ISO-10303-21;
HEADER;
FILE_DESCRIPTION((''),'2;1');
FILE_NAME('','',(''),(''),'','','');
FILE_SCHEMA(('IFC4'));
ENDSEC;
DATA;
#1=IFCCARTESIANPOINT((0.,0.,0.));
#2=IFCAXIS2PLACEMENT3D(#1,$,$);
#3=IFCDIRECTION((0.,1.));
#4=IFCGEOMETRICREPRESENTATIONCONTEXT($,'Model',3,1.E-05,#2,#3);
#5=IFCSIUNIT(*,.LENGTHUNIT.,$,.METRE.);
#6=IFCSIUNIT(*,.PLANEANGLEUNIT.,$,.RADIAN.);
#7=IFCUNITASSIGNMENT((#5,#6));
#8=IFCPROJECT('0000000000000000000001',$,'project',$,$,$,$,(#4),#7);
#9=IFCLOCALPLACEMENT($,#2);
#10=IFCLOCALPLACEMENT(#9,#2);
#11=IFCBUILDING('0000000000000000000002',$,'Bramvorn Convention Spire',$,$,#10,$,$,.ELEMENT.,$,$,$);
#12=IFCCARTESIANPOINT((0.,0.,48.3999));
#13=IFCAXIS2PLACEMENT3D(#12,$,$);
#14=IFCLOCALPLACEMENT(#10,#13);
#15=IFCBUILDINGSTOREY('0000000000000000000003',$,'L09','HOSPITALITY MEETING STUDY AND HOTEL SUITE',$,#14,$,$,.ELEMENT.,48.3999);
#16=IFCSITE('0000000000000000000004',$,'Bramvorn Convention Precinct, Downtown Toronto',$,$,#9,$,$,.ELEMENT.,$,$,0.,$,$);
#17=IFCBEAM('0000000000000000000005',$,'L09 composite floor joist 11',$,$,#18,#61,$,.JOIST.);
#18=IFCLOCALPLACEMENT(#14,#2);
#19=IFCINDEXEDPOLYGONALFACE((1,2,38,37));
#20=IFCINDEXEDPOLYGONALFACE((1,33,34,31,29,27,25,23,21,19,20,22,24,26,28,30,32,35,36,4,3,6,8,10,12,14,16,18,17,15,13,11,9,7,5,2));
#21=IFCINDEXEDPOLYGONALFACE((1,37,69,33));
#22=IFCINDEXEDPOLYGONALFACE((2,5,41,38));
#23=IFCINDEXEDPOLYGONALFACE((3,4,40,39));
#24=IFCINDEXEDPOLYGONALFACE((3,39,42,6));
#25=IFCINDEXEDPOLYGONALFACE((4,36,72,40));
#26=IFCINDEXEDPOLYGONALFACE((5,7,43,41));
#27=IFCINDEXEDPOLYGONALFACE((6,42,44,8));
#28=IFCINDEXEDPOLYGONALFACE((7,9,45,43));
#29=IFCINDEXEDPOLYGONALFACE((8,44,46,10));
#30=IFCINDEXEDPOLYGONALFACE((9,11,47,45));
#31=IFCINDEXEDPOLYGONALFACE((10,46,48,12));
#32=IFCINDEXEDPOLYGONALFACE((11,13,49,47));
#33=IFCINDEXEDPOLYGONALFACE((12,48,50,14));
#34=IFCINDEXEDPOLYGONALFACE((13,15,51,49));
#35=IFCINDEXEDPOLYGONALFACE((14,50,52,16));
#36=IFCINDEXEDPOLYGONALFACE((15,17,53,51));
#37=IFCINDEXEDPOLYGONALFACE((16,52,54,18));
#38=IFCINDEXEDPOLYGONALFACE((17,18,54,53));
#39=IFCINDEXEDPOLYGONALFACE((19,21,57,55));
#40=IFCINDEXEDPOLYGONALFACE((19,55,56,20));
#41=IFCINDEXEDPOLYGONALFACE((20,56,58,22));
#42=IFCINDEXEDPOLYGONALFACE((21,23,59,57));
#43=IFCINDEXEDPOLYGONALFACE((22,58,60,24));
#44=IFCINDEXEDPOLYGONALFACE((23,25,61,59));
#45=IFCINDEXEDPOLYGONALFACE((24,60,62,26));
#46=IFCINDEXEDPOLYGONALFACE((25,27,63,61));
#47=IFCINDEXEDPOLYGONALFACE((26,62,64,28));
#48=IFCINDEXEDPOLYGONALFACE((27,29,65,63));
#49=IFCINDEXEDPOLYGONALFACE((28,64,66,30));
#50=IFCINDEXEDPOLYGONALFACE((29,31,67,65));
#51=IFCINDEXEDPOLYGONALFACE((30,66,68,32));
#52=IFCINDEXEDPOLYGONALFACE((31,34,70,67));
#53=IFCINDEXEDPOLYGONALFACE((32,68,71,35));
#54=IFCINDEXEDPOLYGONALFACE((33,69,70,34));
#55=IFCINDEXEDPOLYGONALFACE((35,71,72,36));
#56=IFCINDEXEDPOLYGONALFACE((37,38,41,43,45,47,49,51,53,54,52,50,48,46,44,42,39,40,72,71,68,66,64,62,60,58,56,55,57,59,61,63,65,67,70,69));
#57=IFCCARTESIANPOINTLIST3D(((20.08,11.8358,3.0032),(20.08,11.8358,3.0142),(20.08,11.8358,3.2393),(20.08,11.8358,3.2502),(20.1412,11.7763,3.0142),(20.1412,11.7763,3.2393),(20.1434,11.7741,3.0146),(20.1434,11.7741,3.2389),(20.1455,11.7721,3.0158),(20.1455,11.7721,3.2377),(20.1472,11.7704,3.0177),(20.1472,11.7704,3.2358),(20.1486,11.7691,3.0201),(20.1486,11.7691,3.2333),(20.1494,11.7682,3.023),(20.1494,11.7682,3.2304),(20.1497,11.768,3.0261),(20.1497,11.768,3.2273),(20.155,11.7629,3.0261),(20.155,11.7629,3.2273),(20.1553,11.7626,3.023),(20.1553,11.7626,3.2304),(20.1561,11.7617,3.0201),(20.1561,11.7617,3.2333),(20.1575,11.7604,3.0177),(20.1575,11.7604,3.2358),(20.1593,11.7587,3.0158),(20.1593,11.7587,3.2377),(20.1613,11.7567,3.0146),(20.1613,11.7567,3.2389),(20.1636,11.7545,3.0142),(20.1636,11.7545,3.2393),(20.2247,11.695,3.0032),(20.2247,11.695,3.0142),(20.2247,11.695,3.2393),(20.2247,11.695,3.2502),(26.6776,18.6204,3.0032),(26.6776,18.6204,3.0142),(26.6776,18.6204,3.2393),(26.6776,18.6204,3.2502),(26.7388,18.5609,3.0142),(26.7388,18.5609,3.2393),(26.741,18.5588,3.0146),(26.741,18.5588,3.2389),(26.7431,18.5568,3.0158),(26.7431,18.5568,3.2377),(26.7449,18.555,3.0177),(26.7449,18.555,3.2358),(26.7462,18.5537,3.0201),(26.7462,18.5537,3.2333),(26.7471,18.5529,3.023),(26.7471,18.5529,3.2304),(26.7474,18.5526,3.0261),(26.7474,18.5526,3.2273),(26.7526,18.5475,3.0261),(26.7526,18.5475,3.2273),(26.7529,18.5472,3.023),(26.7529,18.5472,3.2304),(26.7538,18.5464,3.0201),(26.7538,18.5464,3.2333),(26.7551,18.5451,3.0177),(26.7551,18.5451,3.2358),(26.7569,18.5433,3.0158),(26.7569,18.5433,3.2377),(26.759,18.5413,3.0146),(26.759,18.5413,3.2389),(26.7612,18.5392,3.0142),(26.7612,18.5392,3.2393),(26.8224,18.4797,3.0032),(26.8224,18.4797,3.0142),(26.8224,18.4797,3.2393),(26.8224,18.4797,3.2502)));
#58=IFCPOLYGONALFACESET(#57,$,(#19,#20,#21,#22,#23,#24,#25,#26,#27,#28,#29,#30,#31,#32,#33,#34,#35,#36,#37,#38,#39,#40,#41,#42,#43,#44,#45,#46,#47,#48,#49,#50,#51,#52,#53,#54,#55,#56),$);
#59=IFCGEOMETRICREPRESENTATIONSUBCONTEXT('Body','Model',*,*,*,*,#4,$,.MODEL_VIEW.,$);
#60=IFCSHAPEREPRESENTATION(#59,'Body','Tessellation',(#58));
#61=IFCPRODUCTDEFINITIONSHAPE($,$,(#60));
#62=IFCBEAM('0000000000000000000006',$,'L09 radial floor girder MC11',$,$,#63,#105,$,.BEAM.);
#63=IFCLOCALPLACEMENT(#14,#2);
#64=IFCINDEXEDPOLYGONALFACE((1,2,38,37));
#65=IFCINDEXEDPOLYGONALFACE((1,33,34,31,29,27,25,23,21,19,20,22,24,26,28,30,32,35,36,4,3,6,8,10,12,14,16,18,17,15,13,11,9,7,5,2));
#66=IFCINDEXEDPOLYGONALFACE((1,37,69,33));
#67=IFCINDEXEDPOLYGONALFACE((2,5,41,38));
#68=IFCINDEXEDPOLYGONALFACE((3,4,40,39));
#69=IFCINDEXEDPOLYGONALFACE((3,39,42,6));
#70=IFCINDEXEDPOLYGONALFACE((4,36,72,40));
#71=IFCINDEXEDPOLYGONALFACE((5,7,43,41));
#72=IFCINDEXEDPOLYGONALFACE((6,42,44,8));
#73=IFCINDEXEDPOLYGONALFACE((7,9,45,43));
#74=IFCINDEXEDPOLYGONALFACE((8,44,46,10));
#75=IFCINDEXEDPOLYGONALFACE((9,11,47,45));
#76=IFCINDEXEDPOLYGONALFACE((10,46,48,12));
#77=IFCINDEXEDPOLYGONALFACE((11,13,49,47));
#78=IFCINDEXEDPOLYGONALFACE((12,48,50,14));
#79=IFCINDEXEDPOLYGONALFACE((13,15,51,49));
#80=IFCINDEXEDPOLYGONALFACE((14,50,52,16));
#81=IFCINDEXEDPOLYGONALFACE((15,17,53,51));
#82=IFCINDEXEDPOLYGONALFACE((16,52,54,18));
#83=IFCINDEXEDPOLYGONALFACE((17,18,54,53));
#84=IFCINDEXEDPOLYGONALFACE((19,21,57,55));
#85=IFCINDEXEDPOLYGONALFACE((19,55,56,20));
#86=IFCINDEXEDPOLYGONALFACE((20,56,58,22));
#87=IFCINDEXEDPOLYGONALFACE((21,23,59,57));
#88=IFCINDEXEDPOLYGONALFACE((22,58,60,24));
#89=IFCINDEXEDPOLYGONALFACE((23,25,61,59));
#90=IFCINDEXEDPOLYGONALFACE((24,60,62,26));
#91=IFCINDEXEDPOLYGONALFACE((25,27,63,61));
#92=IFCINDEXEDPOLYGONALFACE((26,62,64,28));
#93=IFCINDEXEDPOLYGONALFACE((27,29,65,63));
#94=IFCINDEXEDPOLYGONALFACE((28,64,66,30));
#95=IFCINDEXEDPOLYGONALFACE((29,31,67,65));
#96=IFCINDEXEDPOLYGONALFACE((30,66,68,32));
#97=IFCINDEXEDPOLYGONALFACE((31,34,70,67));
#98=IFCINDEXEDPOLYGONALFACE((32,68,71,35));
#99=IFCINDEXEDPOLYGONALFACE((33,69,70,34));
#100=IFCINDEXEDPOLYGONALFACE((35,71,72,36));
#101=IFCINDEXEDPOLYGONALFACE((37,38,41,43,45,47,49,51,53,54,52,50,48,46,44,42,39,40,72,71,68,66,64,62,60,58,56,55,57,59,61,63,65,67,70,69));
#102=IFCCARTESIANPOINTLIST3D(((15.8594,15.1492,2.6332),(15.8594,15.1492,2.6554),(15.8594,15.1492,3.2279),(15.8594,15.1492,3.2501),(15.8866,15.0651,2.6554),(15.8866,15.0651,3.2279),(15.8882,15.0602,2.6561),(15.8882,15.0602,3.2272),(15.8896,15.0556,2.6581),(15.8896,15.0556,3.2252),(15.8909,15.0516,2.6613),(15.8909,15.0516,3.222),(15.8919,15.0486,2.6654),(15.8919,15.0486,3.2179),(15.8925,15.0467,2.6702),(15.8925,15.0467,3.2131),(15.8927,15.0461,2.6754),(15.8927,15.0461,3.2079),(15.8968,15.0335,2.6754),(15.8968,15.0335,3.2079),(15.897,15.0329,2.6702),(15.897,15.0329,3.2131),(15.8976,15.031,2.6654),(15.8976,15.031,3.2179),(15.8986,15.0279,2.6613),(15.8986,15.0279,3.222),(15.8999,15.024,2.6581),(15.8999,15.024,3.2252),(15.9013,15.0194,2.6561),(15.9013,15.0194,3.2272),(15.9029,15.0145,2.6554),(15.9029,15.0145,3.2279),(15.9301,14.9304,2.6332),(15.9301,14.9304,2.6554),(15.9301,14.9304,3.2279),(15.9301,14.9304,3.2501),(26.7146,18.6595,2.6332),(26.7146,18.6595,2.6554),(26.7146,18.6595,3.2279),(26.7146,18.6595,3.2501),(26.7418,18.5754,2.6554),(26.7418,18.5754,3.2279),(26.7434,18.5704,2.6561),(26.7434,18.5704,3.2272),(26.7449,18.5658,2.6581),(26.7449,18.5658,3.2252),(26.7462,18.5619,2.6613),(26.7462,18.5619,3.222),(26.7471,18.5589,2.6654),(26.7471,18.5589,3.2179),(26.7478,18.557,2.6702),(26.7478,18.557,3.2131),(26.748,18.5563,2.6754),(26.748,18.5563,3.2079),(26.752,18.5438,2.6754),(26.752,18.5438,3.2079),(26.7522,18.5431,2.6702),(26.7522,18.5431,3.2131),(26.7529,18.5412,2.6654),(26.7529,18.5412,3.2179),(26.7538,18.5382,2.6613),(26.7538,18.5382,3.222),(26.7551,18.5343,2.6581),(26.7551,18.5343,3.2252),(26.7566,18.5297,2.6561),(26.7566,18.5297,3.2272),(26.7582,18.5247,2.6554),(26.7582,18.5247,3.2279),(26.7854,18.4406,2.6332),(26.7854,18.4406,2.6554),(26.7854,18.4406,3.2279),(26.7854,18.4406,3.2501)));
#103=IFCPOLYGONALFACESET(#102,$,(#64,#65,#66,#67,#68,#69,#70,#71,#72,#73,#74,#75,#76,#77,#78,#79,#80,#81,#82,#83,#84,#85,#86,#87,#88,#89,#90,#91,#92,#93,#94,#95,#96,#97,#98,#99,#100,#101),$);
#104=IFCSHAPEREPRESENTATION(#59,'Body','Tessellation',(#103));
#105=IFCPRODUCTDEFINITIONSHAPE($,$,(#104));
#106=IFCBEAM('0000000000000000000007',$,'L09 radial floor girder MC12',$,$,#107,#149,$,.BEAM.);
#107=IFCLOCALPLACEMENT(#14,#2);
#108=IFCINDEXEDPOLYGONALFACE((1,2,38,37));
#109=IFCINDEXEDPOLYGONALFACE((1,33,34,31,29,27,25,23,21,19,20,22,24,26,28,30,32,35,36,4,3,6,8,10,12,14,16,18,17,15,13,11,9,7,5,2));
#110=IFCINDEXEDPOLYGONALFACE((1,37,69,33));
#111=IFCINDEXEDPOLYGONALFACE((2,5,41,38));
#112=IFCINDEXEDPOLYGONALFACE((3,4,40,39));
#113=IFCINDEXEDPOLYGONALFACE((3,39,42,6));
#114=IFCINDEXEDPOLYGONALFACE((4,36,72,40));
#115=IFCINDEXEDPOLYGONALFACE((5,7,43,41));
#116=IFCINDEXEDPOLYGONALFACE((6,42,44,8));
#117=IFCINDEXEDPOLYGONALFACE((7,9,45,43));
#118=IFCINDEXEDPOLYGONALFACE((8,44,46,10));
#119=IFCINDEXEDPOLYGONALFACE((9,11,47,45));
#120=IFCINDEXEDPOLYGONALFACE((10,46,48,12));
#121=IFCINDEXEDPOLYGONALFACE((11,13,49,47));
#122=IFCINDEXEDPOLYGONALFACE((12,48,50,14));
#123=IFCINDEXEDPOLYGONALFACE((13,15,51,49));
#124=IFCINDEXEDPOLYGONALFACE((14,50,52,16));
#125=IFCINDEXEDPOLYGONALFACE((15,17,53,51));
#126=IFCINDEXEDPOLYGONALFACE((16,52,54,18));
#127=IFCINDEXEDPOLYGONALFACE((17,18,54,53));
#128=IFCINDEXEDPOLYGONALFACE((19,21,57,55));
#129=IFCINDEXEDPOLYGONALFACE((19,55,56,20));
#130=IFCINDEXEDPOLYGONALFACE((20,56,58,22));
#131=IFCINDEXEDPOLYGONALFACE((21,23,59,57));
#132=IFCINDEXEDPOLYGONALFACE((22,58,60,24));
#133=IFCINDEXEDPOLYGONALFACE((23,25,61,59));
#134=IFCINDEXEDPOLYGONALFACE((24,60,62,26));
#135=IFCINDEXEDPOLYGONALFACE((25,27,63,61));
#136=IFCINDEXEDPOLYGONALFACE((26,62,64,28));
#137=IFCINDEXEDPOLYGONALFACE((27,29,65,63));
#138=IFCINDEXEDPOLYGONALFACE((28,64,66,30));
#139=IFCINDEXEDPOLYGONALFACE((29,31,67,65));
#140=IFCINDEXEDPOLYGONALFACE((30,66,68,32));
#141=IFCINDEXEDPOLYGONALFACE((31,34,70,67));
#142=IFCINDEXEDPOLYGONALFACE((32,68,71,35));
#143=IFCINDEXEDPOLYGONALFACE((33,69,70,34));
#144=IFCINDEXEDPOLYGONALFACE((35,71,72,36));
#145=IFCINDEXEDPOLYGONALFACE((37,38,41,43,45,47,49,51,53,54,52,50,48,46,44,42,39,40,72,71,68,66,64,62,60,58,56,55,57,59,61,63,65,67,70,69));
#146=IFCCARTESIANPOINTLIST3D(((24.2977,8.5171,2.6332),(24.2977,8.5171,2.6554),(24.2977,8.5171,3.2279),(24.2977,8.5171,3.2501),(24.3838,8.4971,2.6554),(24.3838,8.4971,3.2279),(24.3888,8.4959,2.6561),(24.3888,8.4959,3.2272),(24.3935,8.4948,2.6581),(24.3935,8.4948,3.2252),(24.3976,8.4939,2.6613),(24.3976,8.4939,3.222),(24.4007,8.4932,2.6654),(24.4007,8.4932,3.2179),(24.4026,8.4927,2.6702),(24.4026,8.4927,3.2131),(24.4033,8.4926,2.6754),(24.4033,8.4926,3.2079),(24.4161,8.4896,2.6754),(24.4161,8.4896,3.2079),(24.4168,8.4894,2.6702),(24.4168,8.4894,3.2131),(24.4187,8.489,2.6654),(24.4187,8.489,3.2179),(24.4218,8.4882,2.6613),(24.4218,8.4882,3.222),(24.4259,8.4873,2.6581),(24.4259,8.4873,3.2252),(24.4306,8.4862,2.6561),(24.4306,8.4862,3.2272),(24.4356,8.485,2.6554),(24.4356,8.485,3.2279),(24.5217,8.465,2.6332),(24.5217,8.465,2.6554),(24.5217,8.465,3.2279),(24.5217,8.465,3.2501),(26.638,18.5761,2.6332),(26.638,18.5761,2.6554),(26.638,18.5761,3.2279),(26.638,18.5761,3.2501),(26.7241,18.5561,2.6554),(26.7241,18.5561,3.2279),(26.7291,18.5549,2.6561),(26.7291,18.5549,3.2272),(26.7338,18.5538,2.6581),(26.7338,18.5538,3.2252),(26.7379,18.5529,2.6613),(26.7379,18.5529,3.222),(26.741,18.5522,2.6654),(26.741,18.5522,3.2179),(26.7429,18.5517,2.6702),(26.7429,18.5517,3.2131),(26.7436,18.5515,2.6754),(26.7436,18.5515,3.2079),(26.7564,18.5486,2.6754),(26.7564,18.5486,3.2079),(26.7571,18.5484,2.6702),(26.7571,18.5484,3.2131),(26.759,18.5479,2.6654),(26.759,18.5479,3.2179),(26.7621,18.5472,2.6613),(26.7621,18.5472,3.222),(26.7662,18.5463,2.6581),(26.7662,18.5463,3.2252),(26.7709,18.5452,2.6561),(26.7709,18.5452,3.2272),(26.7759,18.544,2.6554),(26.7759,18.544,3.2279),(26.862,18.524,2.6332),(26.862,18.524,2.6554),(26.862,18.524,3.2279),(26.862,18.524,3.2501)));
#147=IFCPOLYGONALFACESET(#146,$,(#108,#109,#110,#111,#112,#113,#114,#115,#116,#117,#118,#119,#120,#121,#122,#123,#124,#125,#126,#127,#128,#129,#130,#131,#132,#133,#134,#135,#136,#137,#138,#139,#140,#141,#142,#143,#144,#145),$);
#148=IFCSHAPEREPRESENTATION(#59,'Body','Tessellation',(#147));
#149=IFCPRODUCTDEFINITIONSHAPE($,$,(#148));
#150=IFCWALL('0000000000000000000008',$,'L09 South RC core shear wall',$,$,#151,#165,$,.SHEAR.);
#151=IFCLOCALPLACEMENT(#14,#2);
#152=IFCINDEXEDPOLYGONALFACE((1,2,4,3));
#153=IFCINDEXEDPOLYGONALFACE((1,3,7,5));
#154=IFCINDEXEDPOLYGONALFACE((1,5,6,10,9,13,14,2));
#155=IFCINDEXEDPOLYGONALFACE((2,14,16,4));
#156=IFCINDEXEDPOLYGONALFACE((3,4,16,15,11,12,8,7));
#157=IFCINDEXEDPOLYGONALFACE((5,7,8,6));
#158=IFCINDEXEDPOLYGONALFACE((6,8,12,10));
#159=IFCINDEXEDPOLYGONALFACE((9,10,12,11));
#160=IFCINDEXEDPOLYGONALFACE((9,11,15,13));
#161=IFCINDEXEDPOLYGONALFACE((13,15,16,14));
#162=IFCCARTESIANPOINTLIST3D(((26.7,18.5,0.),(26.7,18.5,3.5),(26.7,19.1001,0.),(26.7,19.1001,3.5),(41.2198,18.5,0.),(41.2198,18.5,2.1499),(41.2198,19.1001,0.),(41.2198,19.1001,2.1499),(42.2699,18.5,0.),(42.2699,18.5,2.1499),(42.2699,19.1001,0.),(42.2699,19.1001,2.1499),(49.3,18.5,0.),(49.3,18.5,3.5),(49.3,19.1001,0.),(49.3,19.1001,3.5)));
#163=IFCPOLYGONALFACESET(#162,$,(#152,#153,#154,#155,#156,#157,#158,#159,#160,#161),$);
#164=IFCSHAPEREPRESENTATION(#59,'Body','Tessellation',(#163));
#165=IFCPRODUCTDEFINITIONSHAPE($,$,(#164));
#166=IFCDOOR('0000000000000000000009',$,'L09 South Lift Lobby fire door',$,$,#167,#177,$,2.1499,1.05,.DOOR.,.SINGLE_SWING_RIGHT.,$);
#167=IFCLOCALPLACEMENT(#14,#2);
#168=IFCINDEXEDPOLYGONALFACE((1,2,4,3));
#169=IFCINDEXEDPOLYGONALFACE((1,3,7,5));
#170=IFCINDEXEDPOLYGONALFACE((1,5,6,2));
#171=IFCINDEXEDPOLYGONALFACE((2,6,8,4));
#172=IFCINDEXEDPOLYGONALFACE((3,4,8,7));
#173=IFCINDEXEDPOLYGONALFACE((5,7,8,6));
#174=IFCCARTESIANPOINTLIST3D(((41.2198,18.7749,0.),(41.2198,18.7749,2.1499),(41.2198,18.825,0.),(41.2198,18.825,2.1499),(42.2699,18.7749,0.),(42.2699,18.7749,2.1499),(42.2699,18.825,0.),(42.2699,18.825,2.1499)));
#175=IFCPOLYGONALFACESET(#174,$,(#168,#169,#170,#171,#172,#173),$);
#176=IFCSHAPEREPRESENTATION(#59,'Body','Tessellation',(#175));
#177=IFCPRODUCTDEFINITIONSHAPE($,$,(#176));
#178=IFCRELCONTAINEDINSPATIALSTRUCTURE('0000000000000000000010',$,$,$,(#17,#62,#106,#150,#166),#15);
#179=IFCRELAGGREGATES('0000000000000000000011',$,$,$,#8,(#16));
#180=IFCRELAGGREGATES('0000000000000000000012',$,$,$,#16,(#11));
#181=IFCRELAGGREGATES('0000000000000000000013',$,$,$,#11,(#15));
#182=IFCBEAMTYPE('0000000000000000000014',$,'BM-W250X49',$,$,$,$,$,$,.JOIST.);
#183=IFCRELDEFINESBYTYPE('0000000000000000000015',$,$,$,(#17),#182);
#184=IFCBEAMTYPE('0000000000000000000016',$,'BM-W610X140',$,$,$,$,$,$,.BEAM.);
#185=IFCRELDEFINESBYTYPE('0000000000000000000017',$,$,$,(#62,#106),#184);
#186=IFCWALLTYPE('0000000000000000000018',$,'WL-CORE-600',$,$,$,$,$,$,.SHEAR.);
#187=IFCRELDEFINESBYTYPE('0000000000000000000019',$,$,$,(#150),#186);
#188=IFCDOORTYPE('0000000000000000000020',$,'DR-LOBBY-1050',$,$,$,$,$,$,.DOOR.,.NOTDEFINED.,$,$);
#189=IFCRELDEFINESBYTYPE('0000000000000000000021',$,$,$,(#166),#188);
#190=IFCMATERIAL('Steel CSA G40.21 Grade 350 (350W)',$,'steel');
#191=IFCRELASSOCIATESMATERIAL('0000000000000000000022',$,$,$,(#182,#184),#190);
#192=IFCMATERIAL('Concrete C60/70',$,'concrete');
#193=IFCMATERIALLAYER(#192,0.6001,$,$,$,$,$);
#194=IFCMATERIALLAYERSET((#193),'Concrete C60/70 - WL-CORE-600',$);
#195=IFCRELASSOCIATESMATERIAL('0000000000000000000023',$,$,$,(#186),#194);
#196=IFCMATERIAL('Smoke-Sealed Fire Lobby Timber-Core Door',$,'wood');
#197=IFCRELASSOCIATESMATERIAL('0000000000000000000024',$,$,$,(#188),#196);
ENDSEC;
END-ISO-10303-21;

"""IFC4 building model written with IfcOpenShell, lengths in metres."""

from ifc_helpers import new_model, si_unit, direction, frame, frame_2d, origin, origin_2d, place, context, subcontext, project, spatial, rectangle, i_section, extrude, material, layer, layer_set, material_profile, profile_set, type_object, element, fill, save


model = new_model("IFC4")

# Units and contexts
model_context = context("Model", 3, precision=1e-05, world=origin(), true_north=direction((0.0, 1.0)))
body_context = subcontext(model_context, "Body", "Model", "MODEL_VIEW")
ifc_project = project(units=[si_unit("LENGTHUNIT", "METRE"), si_unit("PLANEANGLEUNIT", "RADIAN")], contexts=[model_context])

# Site, building, storey
site_placement = place(None, origin())
site = spatial("IfcSite", under=ifc_project, at=site_placement, Name="Bramvorn Convention Precinct, Downtown Toronto", CompositionType="ELEMENT", RefElevation=0.0)
building_placement = place(site_placement, origin())
building = spatial("IfcBuilding", under=site, at=building_placement, Name="Bramvorn Convention Spire", CompositionType="ELEMENT")
storey_placement = place(building_placement, frame((0.0, 0.0, 48.3999)))
storey = spatial("IfcBuildingStorey", under=building, at=storey_placement, Name="L09", Description="HOSPITALITY MEETING STUDY AND HOTEL SUITE", CompositionType="ELEMENT", Elevation=48.3999)

# Beams
ifc_material_1 = material(Name="Steel CSA G40.21 Grade 350 (350W)", Category="steel")
ifc_material_profile_1 = material_profile(ifc_material_1, i_section(OverallWidth=0.2019, OverallDepth=0.2471, WebThickness=0.0073, FlangeThickness=0.011, FilletRadius=0.012, at=origin_2d()))
ifc_profile_set_1 = profile_set([ifc_material_profile_1], Name="Steel CSA G40.21 Grade 350 (350W) - W250X49")
beam_type_1 = type_object("IfcBeamType", Name="BM-W250X49", PredefinedType="JOIST", material=ifc_profile_set_1)
beam_1_placement = place(storey_placement, frame((26.75, 18.55, 3.1267), z_axis=(-0.697157, -0.716918, 0.0), x_axis=(0.716918, -0.697157, 0.0)))
element("IfcBeam", 1, at=beam_1_placement, inside=storey, type_object=beam_type_1, Name="L09 composite floor joist 11", PredefinedType="JOIST", context=body_context, shape_type="SweptSolid", body=[
    extrude(i_section(OverallWidth=0.2019, OverallDepth=0.2471, WebThickness=0.0073, FlangeThickness=0.011, FilletRadius=0.012, at=origin_2d()), origin(), (0.0, 0.0, 1.0), 9.4636),
])
ifc_material_profile_2 = material_profile(ifc_material_1, i_section(OverallWidth=0.23, OverallDepth=0.6169, WebThickness=0.0132, FlangeThickness=0.0222, FilletRadius=0.02, at=origin_2d()))
ifc_profile_set_2 = profile_set([ifc_material_profile_2], Name="Steel CSA G40.21 Grade 350 (350W) - W610X140")
beam_type_2 = type_object("IfcBeamType", Name="BM-W610X140", PredefinedType="BEAM", material=ifc_profile_set_2)
beam_2_placement = place(storey_placement, frame((26.75, 18.55, 2.9417), z_axis=(-0.951489, -0.307683, 0.0), x_axis=(0.307683, -0.951489, 0.0)))
element("IfcBeam", 2, at=beam_2_placement, inside=storey, type_object=beam_type_2, Name="L09 radial floor girder MC11", PredefinedType="BEAM", context=body_context, shape_type="SweptSolid", body=[
    extrude(i_section(OverallWidth=0.23, OverallDepth=0.6169, WebThickness=0.0132, FlangeThickness=0.0222, FilletRadius=0.02, at=origin_2d()), origin(), (0.0, 0.0, 1.0), 11.4087),
])
beam_3_placement = place(storey_placement, frame((26.75, 18.55, 2.9417), z_axis=(-0.226606, -0.973986, 0.0), x_axis=(0.973986, -0.226606, 0.0)))
element("IfcBeam", 3, at=beam_3_placement, inside=storey, type_object=beam_type_2, Name="L09 radial floor girder MC12", PredefinedType="BEAM", context=body_context, shape_type="SweptSolid", body=[
    extrude(i_section(OverallWidth=0.23, OverallDepth=0.6169, WebThickness=0.0132, FlangeThickness=0.0222, FilletRadius=0.02, at=origin_2d()), origin(), (0.0, 0.0, 1.0), 10.3276),
])

# Wall, opening, door
ifc_material_2 = material(Name="Concrete C60/70", Category="concrete")
ifc_layer_1 = layer(ifc_material_2, 0.6001)
ifc_layer_set_1 = layer_set([ifc_layer_1], Name="Concrete C60/70 - WL-CORE-600")
wall_type_1 = type_object("IfcWallType", Name="WL-CORE-600", PredefinedType="SHEAR", material=ifc_layer_set_1)
wall_1_placement = place(storey_placement, frame((26.7, 18.8, 0.0), z_axis=(0.0, 0.0, 1.0), x_axis=(1.0, 0.0, 0.0)))
wall_1 = element("IfcWall", 4, at=wall_1_placement, inside=storey, type_object=wall_type_1, Name="L09 South RC core shear wall", PredefinedType="SHEAR", context=body_context, shape_type="SweptSolid", body=[
    extrude(rectangle(XDim=22.6001, YDim=0.6001, at=frame_2d((11.3, 0.0))), origin(), (0.0, 0.0, 1.0), 3.5),
])
opening_1_placement = place(wall_1_placement, frame((14.52, 0.0, 0.0)))
opening_1 = element("IfcOpeningElement", 5, at=opening_1_placement, cuts=wall_1, PredefinedType="OPENING", context=body_context, shape_type="SweptSolid", body=[
    extrude(rectangle(XDim=1.05, YDim=2.1499, at=frame_2d((0.5249, 1.075))), frame((0.0, 0.3101, 0.0), z_axis=(0.0, -1.0, 0.0), x_axis=(1.0, 0.0, 0.0)), (0.0, 0.0, 1.0), 0.6201),
])
ifc_material_3 = material(Name="Smoke-Sealed Fire Lobby Timber-Core Door", Category="wood")
door_type_1 = type_object("IfcDoorType", Name="DR-LOBBY-1050", OperationType="NOTDEFINED", PredefinedType="DOOR", material=ifc_material_3)
door_1_placement = place(opening_1_placement, origin())
door_1 = element("IfcDoor", 6, at=door_1_placement, inside=storey, type_object=door_type_1, Name="L09 South Lift Lobby fire door", OperationType="SINGLE_SWING_RIGHT", OverallHeight=2.1499, OverallWidth=1.05, PredefinedType="DOOR", context=body_context, shape_type="SweptSolid", body=[
    extrude(rectangle(XDim=1.05, YDim=2.1499, at=frame_2d((0.5249, 1.075))), frame((0.0, 0.0249, 0.0), z_axis=(0.0, -1.0, 0.0), x_axis=(1.0, 0.0, 0.0)), (0.0, 0.0, 1.0), 0.05),
])
fill(opening_1, door_1)

save(model, "model.ifc")
